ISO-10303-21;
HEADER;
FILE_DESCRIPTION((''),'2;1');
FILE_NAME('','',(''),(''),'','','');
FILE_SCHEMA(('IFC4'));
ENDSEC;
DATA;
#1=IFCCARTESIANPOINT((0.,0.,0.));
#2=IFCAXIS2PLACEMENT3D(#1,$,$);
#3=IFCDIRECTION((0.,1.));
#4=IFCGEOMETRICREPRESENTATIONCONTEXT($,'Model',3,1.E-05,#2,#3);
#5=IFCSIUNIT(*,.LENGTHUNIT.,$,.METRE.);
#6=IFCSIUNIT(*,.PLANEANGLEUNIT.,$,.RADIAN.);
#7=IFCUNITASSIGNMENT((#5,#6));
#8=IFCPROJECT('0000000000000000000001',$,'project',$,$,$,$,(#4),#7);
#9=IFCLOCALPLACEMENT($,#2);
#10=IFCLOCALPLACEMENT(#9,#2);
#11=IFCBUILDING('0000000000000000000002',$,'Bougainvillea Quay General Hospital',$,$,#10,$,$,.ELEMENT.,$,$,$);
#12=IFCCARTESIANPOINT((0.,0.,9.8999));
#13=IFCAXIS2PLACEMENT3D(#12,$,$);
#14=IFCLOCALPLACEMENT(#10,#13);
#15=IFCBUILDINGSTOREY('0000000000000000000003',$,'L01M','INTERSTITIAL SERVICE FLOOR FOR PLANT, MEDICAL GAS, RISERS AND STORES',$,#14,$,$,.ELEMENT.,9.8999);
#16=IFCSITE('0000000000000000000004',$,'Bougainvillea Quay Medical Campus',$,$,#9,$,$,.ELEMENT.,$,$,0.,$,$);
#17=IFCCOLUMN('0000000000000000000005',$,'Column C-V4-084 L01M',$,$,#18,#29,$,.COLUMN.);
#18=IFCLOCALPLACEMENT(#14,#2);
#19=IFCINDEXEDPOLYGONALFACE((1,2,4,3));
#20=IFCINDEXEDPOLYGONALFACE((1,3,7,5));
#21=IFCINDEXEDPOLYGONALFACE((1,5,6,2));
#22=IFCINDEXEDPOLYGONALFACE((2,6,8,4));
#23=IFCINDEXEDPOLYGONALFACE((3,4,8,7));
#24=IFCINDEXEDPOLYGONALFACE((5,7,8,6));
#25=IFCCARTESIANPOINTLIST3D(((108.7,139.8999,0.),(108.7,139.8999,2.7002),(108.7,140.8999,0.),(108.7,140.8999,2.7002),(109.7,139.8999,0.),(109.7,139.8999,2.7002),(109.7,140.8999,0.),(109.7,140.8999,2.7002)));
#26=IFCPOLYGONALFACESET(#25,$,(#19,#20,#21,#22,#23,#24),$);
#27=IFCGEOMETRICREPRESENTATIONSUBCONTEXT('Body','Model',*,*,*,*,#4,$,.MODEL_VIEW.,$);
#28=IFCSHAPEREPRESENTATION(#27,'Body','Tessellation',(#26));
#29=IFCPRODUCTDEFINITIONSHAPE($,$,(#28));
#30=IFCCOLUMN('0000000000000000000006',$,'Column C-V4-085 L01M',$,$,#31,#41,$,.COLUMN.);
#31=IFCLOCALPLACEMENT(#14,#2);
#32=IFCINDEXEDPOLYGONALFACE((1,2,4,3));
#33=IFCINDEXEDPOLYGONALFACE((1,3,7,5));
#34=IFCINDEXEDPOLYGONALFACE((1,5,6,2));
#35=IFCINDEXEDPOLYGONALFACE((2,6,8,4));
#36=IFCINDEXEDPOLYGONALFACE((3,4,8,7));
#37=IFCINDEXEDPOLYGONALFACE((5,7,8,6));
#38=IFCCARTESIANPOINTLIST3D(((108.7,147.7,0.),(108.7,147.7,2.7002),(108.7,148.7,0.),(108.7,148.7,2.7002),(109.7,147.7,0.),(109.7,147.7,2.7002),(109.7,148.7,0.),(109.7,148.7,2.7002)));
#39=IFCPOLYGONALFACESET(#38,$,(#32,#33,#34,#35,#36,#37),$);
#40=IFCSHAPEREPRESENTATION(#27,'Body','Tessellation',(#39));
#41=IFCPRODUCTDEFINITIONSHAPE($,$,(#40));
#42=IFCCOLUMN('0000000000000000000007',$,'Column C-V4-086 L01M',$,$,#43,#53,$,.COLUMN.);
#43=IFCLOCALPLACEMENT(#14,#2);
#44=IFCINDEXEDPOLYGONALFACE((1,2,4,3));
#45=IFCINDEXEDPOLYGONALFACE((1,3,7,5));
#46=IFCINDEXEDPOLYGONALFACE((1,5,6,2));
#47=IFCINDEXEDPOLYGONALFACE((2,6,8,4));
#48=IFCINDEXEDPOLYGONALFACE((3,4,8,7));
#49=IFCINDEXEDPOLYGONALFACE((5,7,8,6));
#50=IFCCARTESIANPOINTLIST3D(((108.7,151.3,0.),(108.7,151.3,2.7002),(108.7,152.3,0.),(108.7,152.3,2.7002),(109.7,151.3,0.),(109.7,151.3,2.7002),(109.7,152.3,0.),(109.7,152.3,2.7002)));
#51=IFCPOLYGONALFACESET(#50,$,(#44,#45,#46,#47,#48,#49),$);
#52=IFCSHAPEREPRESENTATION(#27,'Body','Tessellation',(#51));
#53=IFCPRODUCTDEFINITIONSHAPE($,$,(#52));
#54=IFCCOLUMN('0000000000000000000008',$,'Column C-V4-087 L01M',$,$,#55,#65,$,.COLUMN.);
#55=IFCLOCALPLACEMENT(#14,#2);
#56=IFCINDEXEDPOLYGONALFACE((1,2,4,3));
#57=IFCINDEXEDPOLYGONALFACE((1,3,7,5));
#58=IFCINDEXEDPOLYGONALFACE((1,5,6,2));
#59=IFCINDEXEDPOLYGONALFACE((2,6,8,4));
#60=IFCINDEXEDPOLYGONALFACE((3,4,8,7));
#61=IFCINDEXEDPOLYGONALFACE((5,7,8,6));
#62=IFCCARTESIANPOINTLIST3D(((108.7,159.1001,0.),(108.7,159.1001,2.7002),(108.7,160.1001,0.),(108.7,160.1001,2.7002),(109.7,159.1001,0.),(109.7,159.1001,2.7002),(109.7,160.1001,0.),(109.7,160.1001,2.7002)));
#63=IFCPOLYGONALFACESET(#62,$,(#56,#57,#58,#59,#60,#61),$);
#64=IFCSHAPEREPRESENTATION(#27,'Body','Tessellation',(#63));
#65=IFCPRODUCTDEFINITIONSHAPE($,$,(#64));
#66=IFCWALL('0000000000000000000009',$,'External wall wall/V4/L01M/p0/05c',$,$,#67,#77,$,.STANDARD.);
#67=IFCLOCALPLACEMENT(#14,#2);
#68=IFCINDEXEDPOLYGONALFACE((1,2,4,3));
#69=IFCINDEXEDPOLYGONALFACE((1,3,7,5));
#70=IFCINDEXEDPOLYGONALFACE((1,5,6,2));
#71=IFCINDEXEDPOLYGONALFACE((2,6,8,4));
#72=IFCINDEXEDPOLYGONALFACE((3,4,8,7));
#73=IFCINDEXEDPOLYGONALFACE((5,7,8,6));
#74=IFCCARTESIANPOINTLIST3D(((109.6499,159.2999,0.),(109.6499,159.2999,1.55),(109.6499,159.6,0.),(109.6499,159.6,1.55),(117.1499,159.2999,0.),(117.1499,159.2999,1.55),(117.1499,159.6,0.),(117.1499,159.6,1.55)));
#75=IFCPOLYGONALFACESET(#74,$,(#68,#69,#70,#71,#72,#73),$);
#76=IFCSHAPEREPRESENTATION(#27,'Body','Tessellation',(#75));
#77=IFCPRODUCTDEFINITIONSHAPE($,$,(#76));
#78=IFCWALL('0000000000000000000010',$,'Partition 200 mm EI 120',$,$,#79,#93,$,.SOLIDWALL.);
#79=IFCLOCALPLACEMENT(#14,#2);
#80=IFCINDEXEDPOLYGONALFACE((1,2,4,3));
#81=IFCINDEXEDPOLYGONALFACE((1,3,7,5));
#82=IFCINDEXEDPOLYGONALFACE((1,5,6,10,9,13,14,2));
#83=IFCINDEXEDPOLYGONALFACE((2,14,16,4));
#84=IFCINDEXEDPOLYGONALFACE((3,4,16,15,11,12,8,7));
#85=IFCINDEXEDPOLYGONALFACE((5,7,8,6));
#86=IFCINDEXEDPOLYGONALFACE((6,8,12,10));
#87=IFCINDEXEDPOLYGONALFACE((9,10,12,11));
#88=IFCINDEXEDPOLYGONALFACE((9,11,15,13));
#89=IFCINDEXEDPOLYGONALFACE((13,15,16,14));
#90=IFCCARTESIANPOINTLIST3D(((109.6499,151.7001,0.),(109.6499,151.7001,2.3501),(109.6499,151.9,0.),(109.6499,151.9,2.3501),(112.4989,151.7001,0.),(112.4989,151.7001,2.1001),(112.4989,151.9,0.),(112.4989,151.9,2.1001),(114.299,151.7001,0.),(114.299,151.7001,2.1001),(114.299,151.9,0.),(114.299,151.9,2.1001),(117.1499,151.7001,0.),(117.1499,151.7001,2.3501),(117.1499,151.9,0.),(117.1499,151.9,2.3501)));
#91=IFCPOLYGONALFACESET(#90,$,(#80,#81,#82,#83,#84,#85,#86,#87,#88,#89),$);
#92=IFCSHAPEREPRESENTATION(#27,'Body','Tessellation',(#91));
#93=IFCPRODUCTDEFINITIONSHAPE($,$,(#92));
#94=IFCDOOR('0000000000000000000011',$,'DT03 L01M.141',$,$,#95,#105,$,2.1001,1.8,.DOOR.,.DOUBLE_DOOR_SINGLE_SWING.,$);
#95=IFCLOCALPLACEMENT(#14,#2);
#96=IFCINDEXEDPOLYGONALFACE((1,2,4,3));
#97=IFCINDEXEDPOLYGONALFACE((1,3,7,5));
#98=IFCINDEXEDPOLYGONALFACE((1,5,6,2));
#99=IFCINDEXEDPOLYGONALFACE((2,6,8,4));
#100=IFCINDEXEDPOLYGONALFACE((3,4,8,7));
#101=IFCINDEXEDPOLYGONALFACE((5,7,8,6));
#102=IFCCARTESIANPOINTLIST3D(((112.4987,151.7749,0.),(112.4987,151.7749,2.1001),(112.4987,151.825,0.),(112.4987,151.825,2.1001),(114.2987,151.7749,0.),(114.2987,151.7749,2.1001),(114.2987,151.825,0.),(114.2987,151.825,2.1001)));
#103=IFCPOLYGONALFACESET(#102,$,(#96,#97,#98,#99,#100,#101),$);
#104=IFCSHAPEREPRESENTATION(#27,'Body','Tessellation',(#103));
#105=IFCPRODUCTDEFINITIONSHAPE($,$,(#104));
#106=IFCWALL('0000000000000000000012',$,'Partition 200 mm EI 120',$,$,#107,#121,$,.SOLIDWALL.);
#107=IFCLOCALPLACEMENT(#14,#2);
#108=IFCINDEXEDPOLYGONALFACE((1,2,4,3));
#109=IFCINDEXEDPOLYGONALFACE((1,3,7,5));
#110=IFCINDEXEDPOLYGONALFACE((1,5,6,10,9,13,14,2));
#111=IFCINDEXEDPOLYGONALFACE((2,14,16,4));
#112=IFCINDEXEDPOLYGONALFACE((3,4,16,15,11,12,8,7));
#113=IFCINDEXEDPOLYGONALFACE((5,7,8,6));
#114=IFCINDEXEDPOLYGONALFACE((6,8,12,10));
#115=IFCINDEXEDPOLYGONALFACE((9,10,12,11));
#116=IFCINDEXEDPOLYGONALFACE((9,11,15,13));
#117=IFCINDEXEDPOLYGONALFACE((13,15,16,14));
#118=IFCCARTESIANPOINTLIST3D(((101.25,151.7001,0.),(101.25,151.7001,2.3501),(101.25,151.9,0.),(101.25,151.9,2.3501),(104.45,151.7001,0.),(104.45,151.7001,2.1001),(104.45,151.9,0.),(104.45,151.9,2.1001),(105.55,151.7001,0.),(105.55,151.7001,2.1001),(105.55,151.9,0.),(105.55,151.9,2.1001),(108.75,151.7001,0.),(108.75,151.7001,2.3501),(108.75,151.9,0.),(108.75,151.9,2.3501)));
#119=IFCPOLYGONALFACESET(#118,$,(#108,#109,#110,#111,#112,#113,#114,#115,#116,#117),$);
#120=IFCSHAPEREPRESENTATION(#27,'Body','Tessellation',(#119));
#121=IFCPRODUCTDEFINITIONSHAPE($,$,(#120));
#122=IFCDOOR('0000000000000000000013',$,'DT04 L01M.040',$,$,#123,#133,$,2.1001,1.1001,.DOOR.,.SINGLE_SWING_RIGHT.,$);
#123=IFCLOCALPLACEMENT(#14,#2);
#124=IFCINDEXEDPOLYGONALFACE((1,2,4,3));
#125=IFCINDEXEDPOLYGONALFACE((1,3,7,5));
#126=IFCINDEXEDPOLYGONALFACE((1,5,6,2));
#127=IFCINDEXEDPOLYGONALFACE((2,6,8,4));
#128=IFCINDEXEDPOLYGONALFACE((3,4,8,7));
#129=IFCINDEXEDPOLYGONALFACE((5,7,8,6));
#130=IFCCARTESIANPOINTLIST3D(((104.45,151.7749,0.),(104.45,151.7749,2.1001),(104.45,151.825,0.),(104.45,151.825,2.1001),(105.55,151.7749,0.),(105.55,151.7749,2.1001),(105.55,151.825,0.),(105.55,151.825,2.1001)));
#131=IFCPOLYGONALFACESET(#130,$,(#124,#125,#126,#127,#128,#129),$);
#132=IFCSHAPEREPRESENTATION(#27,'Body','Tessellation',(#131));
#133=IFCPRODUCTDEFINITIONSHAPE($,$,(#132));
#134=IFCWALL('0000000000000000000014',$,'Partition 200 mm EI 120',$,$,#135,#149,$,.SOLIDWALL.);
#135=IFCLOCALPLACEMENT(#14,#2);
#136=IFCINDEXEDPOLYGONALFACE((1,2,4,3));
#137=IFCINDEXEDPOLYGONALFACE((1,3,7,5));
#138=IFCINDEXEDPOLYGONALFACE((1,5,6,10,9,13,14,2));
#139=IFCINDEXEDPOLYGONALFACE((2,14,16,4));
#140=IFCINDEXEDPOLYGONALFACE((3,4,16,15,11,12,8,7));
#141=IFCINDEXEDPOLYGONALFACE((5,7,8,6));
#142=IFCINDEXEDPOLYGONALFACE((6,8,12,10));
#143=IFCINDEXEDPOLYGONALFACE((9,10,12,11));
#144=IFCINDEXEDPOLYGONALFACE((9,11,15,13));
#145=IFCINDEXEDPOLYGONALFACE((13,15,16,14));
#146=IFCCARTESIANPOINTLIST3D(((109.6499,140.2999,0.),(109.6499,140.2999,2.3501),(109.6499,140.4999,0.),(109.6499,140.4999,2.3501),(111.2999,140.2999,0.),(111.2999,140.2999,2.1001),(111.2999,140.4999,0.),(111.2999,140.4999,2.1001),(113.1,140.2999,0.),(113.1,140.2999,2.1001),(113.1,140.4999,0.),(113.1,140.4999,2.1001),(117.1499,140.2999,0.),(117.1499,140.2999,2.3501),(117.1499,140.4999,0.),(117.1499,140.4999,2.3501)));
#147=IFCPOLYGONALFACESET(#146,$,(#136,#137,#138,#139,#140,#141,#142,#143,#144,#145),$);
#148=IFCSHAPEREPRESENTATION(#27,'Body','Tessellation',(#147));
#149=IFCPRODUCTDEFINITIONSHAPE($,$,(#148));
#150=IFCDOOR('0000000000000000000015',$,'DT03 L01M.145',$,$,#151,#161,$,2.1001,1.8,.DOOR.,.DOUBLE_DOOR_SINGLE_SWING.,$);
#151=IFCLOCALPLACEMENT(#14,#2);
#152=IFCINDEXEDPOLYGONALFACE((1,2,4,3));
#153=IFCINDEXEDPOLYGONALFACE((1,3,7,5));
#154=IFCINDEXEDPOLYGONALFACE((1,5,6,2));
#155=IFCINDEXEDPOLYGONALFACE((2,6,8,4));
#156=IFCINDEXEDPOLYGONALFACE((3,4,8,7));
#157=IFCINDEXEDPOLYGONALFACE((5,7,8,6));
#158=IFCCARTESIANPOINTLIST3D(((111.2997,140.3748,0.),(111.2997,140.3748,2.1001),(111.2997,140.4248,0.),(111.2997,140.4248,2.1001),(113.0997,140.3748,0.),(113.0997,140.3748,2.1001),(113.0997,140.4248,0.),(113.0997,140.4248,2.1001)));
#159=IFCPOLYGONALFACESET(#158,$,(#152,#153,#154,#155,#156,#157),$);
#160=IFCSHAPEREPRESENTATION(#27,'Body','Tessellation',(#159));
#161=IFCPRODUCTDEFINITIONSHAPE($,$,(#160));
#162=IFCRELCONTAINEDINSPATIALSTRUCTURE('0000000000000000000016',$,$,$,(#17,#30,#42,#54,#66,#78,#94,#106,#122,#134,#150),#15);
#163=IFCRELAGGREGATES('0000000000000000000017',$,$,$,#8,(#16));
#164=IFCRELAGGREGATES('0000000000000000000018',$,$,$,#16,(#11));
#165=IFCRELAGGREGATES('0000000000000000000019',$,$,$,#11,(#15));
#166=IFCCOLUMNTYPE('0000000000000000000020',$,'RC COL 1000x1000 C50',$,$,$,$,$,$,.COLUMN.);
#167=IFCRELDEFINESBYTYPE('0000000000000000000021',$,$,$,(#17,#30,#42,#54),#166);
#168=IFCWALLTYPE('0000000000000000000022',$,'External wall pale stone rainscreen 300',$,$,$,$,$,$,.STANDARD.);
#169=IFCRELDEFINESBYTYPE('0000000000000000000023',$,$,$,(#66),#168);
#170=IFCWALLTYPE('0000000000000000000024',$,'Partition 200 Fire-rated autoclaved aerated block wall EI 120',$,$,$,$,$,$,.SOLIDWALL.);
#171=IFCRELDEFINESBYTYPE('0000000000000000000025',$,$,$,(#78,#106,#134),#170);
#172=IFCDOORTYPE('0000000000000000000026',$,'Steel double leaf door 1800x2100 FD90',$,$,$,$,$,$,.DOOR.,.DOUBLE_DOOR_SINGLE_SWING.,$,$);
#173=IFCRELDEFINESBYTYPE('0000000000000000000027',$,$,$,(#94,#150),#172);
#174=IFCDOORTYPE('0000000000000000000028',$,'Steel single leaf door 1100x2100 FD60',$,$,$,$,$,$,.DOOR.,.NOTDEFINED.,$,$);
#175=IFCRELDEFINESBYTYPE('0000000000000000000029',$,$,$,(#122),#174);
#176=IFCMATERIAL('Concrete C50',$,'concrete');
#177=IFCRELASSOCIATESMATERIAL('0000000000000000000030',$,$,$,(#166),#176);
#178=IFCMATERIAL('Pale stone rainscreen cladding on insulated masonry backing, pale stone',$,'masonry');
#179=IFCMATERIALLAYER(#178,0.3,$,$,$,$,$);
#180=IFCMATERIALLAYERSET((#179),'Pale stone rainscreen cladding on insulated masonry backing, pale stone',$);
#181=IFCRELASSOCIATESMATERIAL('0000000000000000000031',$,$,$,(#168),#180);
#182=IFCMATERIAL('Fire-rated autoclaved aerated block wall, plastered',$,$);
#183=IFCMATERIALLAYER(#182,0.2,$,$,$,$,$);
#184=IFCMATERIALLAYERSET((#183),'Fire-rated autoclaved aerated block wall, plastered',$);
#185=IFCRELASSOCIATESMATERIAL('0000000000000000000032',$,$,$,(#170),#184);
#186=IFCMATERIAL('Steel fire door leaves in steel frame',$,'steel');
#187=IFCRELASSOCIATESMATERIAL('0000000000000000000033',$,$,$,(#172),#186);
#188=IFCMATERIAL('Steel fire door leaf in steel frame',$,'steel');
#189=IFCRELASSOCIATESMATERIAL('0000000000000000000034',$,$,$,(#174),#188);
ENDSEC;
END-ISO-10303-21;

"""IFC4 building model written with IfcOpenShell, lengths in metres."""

from ifc_helpers import new_model, si_unit, direction, frame, frame_2d, origin, origin_2d, place, context, subcontext, project, spatial, rectangle, extrude, material, layer, layer_set, material_profile, profile_set, type_object, element, fill, save


model = new_model("IFC4")

# Units and contexts
model_context = context("Model", 3, precision=1e-05, world=origin(), true_north=direction((0.0, 1.0)))
body_context = subcontext(model_context, "Body", "Model", "MODEL_VIEW")
ifc_project = project(units=[si_unit("LENGTHUNIT", "METRE"), si_unit("PLANEANGLEUNIT", "RADIAN")], contexts=[model_context])

# Site, building, storey
site_placement = place(None, origin())
site = spatial("IfcSite", under=ifc_project, at=site_placement, Name="Bougainvillea Quay Medical Campus", CompositionType="ELEMENT", RefElevation=0.0)
building_placement = place(site_placement, origin())
building = spatial("IfcBuilding", under=site, at=building_placement, Name="Bougainvillea Quay General Hospital", CompositionType="ELEMENT")
storey_placement = place(building_placement, frame((0.0, 0.0, 9.8999)))
storey = spatial("IfcBuildingStorey", under=building, at=storey_placement, Name="L01M", Description="INTERSTITIAL SERVICE FLOOR FOR PLANT, MEDICAL GAS, RISERS AND STORES", CompositionType="ELEMENT", Elevation=9.8999)

# Columns
ifc_material_1 = material(Name="Concrete C50", Category="concrete")
ifc_material_profile = material_profile(ifc_material_1, rectangle(XDim=1.0, YDim=1.0, at=origin_2d()))
ifc_profile_set = profile_set([ifc_material_profile], Name="Concrete C50")
column_type = type_object("IfcColumnType", Name="RC COL 1000x1000 C50", PredefinedType="COLUMN", material=ifc_profile_set)
for number, where, z_axis, x_axis, name in (
    (1, (109.2, 140.3999, 0.0), (0.0, 0.0, 1.0), (1.0, 0.0, 0.0), "Column C-V4-084 L01M"),
    (2, (109.2, 148.2, 0.0), (0.0, 0.0, 1.0), (1.0, 0.0, 0.0), "Column C-V4-085 L01M"),
    (3, (109.2, 151.8, 0.0), (0.0, 0.0, 1.0), (1.0, 0.0, 0.0), "Column C-V4-086 L01M"),
    (4, (109.2, 159.6001, 0.0), (0.0, 0.0, 1.0), (1.0, 0.0, 0.0), "Column C-V4-087 L01M"),
):
    element("IfcColumn", number, at=place(storey_placement, frame(where, z_axis=z_axis, x_axis=x_axis)), inside=storey, type_object=column_type, Name=name, PredefinedType="COLUMN", context=body_context, shape_type="SweptSolid", body=[
        extrude(rectangle(XDim=1.0, YDim=1.0, at=origin_2d()), origin(), (0.0, 0.0, 1.0), 2.7002),
    ])

# Wall
ifc_material_2 = material(Name="Pale stone rainscreen cladding on insulated masonry backing, pale stone", Category="masonry")
ifc_layer_1 = layer(ifc_material_2, 0.3)
ifc_layer_set_1 = layer_set([ifc_layer_1], Name="Pale stone rainscreen cladding on insulated masonry backing, pale stone")
wall_type_1 = type_object("IfcWallType", Name="External wall pale stone rainscreen 300", PredefinedType="STANDARD", material=ifc_layer_set_1)
wall_1_placement = place(storey_placement, frame((117.1499, 159.45, 0.0), z_axis=(0.0, 0.0, 1.0), x_axis=(-1.0, 0.0, 0.0)))
element("IfcWall", 5, at=wall_1_placement, inside=storey, type_object=wall_type_1, Name="External wall wall/V4/L01M/p0/05c", PredefinedType="STANDARD", context=body_context, shape_type="SweptSolid", body=[
    extrude(rectangle(XDim=7.5, YDim=0.3, at=frame_2d((3.75, 0.0))), origin(), (0.0, 0.0, 1.0), 1.55),
])

# Walls, openings, doors
ifc_material_3 = material(Name="Fire-rated autoclaved aerated block wall, plastered")
ifc_layer_2 = layer(ifc_material_3, 0.2)
ifc_layer_set_2 = layer_set([ifc_layer_2], Name="Fire-rated autoclaved aerated block wall, plastered")
wall_type_2 = type_object("IfcWallType", Name="Partition 200 Fire-rated autoclaved aerated block wall EI 120", PredefinedType="SOLIDWALL", material=ifc_layer_set_2)
wall_2_placement = place(storey_placement, frame((117.1499, 151.8, 0.0), z_axis=(0.0, 0.0, 1.0), x_axis=(-1.0, 0.0, 0.0)))
wall_2 = element("IfcWall", 6, at=wall_2_placement, inside=storey, type_object=wall_type_2, Name="Partition 200 mm EI 120", PredefinedType="SOLIDWALL", context=body_context, shape_type="SweptSolid", body=[
    extrude(rectangle(XDim=7.5, YDim=0.2, at=frame_2d((3.75, 0.0))), origin(), (0.0, 0.0, 1.0), 2.3501),
])
opening_1_placement = place(wall_2_placement, frame((2.8511, 0.0, 0.0)))
opening_1 = element("IfcOpeningElement", 7, at=opening_1_placement, cuts=wall_2, PredefinedType="OPENING", context=body_context, shape_type="SweptSolid", body=[
    extrude(rectangle(XDim=1.8, YDim=2.1001, at=frame_2d((0.8999, 1.05))), frame((0.0, 0.1099, 0.0), z_axis=(0.0, -1.0, 0.0), x_axis=(1.0, 0.0, 0.0)), (0.0, 0.0, 1.0), 0.22),
])
ifc_material_4 = material(Name="Steel fire door leaves in steel frame", Category="steel")
door_type_1 = type_object("IfcDoorType", Name="Steel double leaf door 1800x2100 FD90", OperationType="DOUBLE_DOOR_SINGLE_SWING", PredefinedType="DOOR", material=ifc_material_4)
door_1_placement = place(opening_1_placement, frame((1.8, 0.0, 0.0), z_axis=(0.0, 0.0, 1.0), x_axis=(-1.0, 0.0, 0.0)))
door_1 = element("IfcDoor", 8, at=door_1_placement, inside=storey, type_object=door_type_1, Name="DT03 L01M.141", OperationType="DOUBLE_DOOR_SINGLE_SWING", OverallHeight=2.1001, OverallWidth=1.8, PredefinedType="DOOR", context=body_context, shape_type="SweptSolid", body=[
    extrude(rectangle(XDim=1.8, YDim=2.1001, at=frame_2d((0.8999, 1.05))), frame((0.0, 0.0249, 0.0), z_axis=(0.0, -1.0, 0.0), x_axis=(1.0, 0.0, 0.0)), (0.0, 0.0, 1.0), 0.05),
])
fill(opening_1, door_1)
wall_3_placement = place(storey_placement, frame((108.75, 151.8, 0.0), z_axis=(0.0, 0.0, 1.0), x_axis=(-1.0, 0.0, 0.0)))
wall_3 = element("IfcWall", 9, at=wall_3_placement, inside=storey, type_object=wall_type_2, Name="Partition 200 mm EI 120", PredefinedType="SOLIDWALL", context=body_context, shape_type="SweptSolid", body=[
    extrude(rectangle(XDim=7.5, YDim=0.2, at=frame_2d((3.75, 0.0))), origin(), (0.0, 0.0, 1.0), 2.3501),
])
opening_2_placement = place(wall_3_placement, frame((3.2, 0.0, 0.0)))
opening_2 = element("IfcOpeningElement", 10, at=opening_2_placement, cuts=wall_3, PredefinedType="OPENING", context=body_context, shape_type="SweptSolid", body=[
    extrude(rectangle(XDim=1.1001, YDim=2.1001, at=frame_2d((0.55, 1.05))), frame((0.0, 0.1099, 0.0), z_axis=(0.0, -1.0, 0.0), x_axis=(1.0, 0.0, 0.0)), (0.0, 0.0, 1.0), 0.22),
])
ifc_material_5 = material(Name="Steel fire door leaf in steel frame", Category="steel")
door_type_2 = type_object("IfcDoorType", Name="Steel single leaf door 1100x2100 FD60", OperationType="NOTDEFINED", PredefinedType="DOOR", material=ifc_material_5)
door_2_placement = place(opening_2_placement, frame((1.1001, 0.0, 0.0), z_axis=(0.0, 0.0, 1.0), x_axis=(-1.0, 0.0, 0.0)))
door_2 = element("IfcDoor", 11, at=door_2_placement, inside=storey, type_object=door_type_2, Name="DT04 L01M.040", OperationType="SINGLE_SWING_RIGHT", OverallHeight=2.1001, OverallWidth=1.1001, PredefinedType="DOOR", context=body_context, shape_type="SweptSolid", body=[
    extrude(rectangle(XDim=1.1001, YDim=2.1001, at=frame_2d((0.55, 1.05))), frame((0.0, 0.0249, 0.0), z_axis=(0.0, -1.0, 0.0), x_axis=(1.0, 0.0, 0.0)), (0.0, 0.0, 1.0), 0.05),
])
fill(opening_2, door_2)
wall_4_placement = place(storey_placement, frame((117.1499, 140.3999, 0.0), z_axis=(0.0, 0.0, 1.0), x_axis=(-1.0, 0.0, 0.0)))
wall_4 = element("IfcWall", 12, at=wall_4_placement, inside=storey, type_object=wall_type_2, Name="Partition 200 mm EI 120", PredefinedType="SOLIDWALL", context=body_context, shape_type="SweptSolid", body=[
    extrude(rectangle(XDim=7.5, YDim=0.2, at=frame_2d((3.75, 0.0))), origin(), (0.0, 0.0, 1.0), 2.3501),
])
opening_3_placement = place(wall_4_placement, frame((4.05, 0.0, 0.0)))
opening_3 = element("IfcOpeningElement", 13, at=opening_3_placement, cuts=wall_4, PredefinedType="OPENING", context=body_context, shape_type="SweptSolid", body=[
    extrude(rectangle(XDim=1.8, YDim=2.1001, at=frame_2d((0.8999, 1.05))), frame((0.0, 0.1099, 0.0), z_axis=(0.0, -1.0, 0.0), x_axis=(1.0, 0.0, 0.0)), (0.0, 0.0, 1.0), 0.22),
])
door_3_placement = place(opening_3_placement, frame((1.8, 0.0, 0.0), z_axis=(0.0, 0.0, 1.0), x_axis=(-1.0, 0.0, 0.0)))
door_3 = element("IfcDoor", 14, at=door_3_placement, inside=storey, type_object=door_type_1, Name="DT03 L01M.145", OperationType="DOUBLE_DOOR_SINGLE_SWING", OverallHeight=2.1001, OverallWidth=1.8, PredefinedType="DOOR", context=body_context, shape_type="SweptSolid", body=[
    extrude(rectangle(XDim=1.8, YDim=2.1001, at=frame_2d((0.8999, 1.05))), frame((0.0, 0.0249, 0.0), z_axis=(0.0, -1.0, 0.0), x_axis=(1.0, 0.0, 0.0)), (0.0, 0.0, 1.0), 0.05),
])
fill(opening_3, door_3)

save(model, "model.ifc")
